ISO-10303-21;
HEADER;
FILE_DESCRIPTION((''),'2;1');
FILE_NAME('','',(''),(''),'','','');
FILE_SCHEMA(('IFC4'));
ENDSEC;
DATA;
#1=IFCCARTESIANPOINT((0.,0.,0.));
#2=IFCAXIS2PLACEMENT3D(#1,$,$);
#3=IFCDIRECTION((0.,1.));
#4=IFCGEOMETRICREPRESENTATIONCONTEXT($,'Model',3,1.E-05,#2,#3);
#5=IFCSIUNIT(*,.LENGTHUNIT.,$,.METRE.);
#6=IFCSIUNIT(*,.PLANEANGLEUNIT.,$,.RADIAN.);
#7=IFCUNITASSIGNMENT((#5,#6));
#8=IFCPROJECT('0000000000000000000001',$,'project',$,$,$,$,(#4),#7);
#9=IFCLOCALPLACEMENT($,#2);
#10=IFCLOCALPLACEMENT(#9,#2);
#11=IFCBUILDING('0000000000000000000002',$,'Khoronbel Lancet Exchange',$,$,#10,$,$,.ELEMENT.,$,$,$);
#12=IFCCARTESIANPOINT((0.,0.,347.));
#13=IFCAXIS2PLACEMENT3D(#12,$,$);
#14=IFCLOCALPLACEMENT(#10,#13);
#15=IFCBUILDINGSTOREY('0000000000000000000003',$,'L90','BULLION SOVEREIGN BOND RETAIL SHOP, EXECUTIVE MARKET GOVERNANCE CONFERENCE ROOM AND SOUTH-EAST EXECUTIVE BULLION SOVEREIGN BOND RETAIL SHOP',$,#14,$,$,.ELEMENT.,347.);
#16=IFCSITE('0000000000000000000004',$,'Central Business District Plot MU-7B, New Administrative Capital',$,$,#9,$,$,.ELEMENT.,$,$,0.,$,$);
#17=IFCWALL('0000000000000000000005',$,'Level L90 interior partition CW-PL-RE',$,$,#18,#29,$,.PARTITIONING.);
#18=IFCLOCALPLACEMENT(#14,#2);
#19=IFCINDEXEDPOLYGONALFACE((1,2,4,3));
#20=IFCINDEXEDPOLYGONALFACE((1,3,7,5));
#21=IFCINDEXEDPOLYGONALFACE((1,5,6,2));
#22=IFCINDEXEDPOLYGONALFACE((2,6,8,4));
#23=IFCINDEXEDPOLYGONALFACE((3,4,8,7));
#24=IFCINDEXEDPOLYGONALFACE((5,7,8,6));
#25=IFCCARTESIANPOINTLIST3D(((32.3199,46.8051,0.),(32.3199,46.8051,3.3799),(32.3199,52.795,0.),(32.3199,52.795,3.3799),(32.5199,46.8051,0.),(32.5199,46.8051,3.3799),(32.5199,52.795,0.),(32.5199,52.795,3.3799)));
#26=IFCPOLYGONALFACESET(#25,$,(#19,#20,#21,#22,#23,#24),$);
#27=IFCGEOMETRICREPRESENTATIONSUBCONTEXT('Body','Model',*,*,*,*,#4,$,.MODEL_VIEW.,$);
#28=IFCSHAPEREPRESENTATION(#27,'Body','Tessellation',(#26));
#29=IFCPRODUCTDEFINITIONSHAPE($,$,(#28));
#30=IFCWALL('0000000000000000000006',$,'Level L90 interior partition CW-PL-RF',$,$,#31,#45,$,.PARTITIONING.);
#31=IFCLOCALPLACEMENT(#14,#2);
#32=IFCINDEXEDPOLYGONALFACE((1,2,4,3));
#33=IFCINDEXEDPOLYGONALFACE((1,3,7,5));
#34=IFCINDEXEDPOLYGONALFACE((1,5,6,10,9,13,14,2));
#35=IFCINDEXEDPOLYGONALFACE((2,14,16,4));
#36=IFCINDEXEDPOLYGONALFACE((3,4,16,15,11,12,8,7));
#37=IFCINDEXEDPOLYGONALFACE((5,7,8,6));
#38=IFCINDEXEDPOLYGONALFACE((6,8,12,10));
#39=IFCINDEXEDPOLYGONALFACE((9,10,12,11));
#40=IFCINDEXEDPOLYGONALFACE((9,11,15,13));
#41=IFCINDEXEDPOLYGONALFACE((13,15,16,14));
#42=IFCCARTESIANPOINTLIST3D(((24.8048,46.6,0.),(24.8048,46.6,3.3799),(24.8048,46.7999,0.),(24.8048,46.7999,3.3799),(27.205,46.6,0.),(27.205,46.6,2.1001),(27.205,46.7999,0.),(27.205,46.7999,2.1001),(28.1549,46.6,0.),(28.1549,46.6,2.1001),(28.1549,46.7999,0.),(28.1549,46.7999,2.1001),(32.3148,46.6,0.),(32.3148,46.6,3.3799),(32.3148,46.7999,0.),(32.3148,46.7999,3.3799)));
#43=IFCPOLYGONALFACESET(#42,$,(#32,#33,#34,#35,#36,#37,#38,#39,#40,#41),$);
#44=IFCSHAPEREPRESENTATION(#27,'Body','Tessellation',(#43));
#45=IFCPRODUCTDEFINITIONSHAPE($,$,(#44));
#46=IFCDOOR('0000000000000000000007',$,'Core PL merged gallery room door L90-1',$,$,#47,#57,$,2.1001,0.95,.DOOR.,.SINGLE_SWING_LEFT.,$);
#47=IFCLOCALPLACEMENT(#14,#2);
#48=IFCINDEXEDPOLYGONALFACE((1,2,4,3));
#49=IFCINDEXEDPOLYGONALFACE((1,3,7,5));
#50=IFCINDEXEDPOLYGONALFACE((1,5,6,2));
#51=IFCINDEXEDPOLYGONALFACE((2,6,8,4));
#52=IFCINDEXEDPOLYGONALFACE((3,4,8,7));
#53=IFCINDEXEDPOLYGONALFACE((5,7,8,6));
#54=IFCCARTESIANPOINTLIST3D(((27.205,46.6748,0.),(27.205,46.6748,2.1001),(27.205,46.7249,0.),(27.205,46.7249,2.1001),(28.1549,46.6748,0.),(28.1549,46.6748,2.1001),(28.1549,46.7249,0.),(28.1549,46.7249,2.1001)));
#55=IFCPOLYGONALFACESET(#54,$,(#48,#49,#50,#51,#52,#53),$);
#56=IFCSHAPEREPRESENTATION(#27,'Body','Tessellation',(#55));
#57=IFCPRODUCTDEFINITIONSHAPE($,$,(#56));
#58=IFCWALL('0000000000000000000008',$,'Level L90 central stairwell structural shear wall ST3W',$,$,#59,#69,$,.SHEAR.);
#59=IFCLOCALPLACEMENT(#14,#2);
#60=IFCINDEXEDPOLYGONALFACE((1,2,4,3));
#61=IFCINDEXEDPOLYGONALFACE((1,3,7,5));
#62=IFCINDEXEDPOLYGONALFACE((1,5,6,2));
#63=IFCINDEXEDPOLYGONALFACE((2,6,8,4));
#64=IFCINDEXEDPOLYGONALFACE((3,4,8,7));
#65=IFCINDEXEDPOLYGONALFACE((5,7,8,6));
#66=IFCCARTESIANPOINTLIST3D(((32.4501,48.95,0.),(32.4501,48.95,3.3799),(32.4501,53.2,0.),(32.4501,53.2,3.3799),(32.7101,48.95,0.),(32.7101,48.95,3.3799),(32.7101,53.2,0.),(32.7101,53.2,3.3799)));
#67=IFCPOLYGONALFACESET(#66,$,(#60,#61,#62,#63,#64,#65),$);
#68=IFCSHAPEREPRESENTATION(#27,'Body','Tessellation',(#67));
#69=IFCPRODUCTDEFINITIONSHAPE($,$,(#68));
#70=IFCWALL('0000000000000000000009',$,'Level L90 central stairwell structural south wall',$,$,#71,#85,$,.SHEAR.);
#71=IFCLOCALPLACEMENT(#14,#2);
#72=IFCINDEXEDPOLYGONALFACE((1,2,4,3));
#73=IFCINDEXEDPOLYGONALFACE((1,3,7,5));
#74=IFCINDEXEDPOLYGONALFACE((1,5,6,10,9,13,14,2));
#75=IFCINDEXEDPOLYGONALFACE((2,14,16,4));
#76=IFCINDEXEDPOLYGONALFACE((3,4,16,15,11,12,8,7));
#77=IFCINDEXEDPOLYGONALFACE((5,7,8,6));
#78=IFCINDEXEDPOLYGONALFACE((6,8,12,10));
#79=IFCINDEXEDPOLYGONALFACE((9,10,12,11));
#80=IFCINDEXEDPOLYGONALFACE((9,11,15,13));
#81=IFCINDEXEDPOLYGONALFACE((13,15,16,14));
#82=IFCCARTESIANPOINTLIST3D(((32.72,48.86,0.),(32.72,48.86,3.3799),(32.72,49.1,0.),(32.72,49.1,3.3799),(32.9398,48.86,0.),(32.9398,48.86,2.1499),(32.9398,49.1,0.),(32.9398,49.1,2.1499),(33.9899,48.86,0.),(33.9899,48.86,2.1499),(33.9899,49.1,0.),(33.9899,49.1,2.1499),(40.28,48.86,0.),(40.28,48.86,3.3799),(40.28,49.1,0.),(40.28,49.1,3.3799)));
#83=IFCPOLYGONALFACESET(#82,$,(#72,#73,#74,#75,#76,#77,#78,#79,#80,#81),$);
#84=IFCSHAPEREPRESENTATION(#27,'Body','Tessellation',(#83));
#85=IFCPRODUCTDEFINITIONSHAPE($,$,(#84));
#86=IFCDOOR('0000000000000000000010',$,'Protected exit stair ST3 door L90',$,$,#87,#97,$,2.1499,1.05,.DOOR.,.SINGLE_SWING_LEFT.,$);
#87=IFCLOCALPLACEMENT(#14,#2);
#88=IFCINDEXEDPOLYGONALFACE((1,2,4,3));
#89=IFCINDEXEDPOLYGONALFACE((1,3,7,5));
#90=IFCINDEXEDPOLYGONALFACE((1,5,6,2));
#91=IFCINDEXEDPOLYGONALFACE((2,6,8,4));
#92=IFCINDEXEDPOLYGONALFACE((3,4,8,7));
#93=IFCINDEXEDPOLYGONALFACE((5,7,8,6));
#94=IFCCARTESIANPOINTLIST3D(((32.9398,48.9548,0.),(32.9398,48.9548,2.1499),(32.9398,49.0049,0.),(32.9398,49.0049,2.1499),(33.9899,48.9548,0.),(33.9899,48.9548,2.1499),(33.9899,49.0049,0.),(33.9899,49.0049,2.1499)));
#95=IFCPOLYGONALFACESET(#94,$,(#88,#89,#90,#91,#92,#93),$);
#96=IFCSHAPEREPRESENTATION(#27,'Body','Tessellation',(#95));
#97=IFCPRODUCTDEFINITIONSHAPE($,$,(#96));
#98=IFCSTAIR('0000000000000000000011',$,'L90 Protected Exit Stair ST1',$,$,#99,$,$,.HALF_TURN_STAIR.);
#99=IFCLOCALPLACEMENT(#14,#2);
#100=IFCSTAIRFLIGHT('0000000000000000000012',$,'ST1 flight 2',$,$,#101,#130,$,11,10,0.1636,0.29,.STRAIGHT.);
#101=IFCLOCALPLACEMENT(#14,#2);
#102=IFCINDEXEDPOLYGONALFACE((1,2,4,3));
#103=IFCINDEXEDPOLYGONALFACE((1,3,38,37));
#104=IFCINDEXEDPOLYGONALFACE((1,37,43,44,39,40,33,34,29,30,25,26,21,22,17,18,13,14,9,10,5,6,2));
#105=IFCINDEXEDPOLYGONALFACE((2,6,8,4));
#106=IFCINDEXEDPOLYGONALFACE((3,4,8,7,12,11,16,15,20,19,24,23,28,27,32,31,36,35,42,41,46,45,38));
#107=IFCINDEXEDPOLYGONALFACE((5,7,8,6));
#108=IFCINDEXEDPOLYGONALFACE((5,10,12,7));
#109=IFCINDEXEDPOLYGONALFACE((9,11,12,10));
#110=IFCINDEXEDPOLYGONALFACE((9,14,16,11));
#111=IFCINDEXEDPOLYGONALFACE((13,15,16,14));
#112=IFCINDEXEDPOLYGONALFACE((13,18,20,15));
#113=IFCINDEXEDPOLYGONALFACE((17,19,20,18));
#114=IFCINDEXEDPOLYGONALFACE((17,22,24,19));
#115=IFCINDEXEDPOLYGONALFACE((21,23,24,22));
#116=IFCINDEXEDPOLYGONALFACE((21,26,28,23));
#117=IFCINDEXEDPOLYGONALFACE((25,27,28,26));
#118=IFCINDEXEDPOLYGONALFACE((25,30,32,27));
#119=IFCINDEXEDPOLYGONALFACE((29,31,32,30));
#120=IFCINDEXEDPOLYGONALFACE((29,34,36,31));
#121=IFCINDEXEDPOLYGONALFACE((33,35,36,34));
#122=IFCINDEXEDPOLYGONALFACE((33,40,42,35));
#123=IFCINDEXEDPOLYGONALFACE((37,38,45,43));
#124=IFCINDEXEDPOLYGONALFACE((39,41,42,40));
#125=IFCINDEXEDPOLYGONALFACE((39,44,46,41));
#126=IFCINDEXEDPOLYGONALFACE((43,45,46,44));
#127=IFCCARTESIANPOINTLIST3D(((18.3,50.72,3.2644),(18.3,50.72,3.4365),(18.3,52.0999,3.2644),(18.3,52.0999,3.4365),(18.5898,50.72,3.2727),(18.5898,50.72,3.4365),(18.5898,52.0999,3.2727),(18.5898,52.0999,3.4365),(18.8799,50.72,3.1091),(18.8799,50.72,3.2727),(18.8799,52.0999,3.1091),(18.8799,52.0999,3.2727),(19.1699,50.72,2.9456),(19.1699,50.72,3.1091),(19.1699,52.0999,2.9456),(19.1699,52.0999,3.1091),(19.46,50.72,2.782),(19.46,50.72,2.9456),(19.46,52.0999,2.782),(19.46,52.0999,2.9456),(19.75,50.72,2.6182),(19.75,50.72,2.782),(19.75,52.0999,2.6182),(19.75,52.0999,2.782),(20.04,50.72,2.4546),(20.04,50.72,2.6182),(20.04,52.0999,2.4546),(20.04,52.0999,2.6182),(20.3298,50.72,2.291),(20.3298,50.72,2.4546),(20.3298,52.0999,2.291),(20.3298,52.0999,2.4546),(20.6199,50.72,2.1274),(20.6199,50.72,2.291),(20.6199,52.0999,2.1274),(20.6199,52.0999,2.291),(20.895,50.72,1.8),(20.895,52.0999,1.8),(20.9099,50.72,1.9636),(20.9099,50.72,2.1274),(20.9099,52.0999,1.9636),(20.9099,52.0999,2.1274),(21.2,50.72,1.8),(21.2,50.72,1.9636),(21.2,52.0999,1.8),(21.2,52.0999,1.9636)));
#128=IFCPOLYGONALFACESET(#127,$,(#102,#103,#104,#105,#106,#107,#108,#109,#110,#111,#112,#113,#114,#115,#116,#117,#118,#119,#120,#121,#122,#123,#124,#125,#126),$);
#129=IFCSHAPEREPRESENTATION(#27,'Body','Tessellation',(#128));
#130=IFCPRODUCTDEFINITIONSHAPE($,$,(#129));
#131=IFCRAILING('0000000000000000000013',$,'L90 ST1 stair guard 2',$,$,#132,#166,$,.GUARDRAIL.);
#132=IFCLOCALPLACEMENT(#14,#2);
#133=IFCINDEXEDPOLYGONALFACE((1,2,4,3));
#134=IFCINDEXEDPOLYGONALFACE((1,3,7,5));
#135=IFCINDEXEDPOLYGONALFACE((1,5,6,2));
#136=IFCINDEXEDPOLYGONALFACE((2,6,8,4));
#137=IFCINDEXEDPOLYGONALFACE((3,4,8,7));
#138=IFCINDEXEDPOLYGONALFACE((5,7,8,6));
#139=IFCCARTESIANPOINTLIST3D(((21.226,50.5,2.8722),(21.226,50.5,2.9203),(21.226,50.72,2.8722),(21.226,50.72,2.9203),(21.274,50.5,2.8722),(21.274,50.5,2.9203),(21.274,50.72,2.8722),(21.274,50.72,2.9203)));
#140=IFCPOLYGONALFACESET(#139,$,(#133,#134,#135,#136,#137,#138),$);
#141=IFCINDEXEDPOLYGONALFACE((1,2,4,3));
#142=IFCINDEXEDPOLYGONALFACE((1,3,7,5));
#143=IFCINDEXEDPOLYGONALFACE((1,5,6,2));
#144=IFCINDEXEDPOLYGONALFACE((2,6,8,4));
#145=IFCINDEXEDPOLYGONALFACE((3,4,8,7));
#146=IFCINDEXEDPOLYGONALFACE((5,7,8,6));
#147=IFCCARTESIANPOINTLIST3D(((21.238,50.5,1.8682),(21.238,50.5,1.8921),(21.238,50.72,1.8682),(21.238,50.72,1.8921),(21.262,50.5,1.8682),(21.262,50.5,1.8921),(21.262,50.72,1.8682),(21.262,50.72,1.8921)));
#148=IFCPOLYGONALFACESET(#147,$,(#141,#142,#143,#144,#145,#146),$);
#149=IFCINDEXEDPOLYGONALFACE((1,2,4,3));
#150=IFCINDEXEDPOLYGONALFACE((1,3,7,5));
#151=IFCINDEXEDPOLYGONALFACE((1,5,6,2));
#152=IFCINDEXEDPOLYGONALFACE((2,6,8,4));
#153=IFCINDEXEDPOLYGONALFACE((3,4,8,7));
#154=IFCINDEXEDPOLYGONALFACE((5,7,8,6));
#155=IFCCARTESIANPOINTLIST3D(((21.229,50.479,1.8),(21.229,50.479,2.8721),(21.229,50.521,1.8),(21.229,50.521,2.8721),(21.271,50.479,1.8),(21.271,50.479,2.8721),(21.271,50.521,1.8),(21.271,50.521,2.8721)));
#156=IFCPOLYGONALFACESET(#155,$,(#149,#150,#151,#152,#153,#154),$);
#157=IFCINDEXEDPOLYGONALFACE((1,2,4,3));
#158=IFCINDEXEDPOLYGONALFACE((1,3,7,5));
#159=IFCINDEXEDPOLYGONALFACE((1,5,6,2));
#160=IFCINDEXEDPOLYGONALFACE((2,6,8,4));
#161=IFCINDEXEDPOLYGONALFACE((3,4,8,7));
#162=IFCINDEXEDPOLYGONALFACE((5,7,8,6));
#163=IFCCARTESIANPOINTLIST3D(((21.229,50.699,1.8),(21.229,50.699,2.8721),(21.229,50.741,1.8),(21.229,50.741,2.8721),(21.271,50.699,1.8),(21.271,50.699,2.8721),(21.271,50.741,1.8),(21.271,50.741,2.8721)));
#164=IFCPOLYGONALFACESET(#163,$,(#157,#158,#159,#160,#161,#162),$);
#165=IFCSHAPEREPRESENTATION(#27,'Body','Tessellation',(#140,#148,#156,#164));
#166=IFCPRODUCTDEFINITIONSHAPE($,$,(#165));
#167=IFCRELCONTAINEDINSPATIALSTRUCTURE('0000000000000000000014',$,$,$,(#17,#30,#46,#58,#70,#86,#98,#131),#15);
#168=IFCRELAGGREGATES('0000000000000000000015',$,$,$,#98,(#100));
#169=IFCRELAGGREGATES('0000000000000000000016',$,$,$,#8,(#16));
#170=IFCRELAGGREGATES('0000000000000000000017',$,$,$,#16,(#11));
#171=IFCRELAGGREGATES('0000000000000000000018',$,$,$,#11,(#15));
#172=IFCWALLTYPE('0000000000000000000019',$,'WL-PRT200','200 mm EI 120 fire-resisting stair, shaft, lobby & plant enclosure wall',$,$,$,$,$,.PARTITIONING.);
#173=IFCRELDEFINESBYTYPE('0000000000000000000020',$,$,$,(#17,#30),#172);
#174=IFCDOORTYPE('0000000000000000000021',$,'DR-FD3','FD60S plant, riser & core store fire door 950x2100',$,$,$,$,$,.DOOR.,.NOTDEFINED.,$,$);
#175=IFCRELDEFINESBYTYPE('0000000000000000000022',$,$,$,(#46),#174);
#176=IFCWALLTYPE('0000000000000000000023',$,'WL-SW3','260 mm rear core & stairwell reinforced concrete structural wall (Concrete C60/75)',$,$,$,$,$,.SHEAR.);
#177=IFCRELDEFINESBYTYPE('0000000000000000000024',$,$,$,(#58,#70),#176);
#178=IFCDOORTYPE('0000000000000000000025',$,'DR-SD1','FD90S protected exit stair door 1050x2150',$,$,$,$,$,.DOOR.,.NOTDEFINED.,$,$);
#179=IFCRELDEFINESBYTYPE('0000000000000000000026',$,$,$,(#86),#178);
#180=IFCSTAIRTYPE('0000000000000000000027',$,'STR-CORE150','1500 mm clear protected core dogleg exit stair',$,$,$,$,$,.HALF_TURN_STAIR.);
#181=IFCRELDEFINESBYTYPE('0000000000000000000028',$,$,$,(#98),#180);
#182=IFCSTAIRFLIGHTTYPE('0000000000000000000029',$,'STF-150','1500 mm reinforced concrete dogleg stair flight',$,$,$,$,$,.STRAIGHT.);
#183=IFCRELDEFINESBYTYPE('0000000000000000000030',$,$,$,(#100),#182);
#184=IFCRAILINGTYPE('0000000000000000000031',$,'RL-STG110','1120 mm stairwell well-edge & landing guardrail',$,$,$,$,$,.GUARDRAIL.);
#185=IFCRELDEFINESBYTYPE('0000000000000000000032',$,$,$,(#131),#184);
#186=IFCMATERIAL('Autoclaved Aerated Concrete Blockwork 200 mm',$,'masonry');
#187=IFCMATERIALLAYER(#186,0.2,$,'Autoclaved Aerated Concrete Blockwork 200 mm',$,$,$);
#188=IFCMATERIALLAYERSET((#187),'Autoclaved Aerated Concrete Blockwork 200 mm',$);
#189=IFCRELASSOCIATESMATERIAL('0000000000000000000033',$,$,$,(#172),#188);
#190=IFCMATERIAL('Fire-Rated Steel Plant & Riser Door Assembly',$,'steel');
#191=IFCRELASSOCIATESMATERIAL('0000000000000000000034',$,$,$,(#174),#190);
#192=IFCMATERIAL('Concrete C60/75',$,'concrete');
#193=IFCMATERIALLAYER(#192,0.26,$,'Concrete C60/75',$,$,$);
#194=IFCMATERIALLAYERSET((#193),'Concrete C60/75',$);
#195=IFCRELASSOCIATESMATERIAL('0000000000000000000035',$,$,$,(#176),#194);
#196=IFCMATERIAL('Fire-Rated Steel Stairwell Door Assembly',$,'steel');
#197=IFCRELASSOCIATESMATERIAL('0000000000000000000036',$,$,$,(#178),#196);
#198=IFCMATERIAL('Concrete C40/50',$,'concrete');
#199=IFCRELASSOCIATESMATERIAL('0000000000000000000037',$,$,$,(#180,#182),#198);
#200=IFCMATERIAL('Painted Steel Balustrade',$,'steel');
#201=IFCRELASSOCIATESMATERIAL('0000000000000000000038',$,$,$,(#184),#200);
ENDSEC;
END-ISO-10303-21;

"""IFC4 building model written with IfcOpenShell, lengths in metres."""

from ifc_helpers import new_model, si_unit, direction, frame, frame_2d, origin, origin_2d, place, context, subcontext, project, spatial, polyline, rectangle, outline, extrude, material, layer, layer_set, type_object, element, fill, aggregate, save


model = new_model("IFC4")

# Units and contexts
model_context = context("Model", 3, precision=1e-05, world=origin(), true_north=direction((0.0, 1.0)))
body_context = subcontext(model_context, "Body", "Model", "MODEL_VIEW")
ifc_project = project(units=[si_unit("LENGTHUNIT", "METRE"), si_unit("PLANEANGLEUNIT", "RADIAN")], contexts=[model_context])

# Site, building, storey
site_placement = place(None, origin())
site = spatial("IfcSite", under=ifc_project, at=site_placement, Name="Central Business District Plot MU-7B, New Administrative Capital", CompositionType="ELEMENT", RefElevation=0.0)
building_placement = place(site_placement, origin())
building = spatial("IfcBuilding", under=site, at=building_placement, Name="Khoronbel Lancet Exchange", CompositionType="ELEMENT")
storey_placement = place(building_placement, frame((0.0, 0.0, 347.0)))
storey = spatial("IfcBuildingStorey", under=building, at=storey_placement, Name="L90", Description="BULLION SOVEREIGN BOND RETAIL SHOP, EXECUTIVE MARKET GOVERNANCE CONFERENCE ROOM AND SOUTH-EAST EXECUTIVE BULLION SOVEREIGN BOND RETAIL SHOP", CompositionType="ELEMENT", Elevation=347.0)

# Wall
ifc_material_1 = material(Name="Autoclaved Aerated Concrete Blockwork 200 mm", Category="masonry")
ifc_layer_1 = layer(ifc_material_1, 0.2, Name="Autoclaved Aerated Concrete Blockwork 200 mm")
ifc_layer_set_1 = layer_set([ifc_layer_1], Name="Autoclaved Aerated Concrete Blockwork 200 mm")
wall_type_1 = type_object("IfcWallType", Name="WL-PRT200", Description="200 mm EI 120 fire-resisting stair, shaft, lobby & plant enclosure wall", PredefinedType="PARTITIONING", material=ifc_layer_set_1)
for number, where, z_axis, x_axis, name in (
    (1, (32.4199, 46.8049, 0.0), (0.0, 0.0, 1.0), (0.0, 1.0, 0.0), "Level L90 interior partition CW-PL-RE"),
):
    element("IfcWall", number, at=place(storey_placement, frame(where, z_axis=z_axis, x_axis=x_axis)), inside=storey, type_object=wall_type_1, Name=name, PredefinedType="PARTITIONING", context=body_context, shape_type="SweptSolid", body=[
        extrude(rectangle(XDim=5.99, YDim=0.2, at=frame_2d((2.9951, 0.0))), origin(), (0.0, 0.0, 1.0), 3.3799),
    ])

# Wall, opening, door
wall_1_placement = place(storey_placement, frame((24.8049, 46.7, 0.0), z_axis=(0.0, 0.0, 1.0), x_axis=(1.0, 0.0, 0.0)))
wall_1 = element("IfcWall", 2, at=wall_1_placement, inside=storey, type_object=wall_type_1, Name="Level L90 interior partition CW-PL-RF", PredefinedType="PARTITIONING", context=body_context, shape_type="SweptSolid", body=[
    extrude(rectangle(XDim=7.51, YDim=0.2, at=frame_2d((3.7549, 0.0))), origin(), (0.0, 0.0, 1.0), 3.3799),
])
opening_1_placement = place(wall_1_placement, frame((2.3999, 0.0, 0.0)))
opening_1 = element("IfcOpeningElement", 3, at=opening_1_placement, cuts=wall_1, PredefinedType="OPENING", context=body_context, shape_type="SweptSolid", body=[
    extrude(rectangle(XDim=0.95, YDim=2.1001, at=frame_2d((0.4751, 1.05))), frame((0.0, 0.1099, 0.0), z_axis=(0.0, -1.0, 0.0), x_axis=(1.0, 0.0, 0.0)), (0.0, 0.0, 1.0), 0.22),
])
ifc_material_2 = material(Name="Fire-Rated Steel Plant & Riser Door Assembly", Category="steel")
door_type_1 = type_object("IfcDoorType", Name="DR-FD3", Description="FD60S plant, riser & core store fire door 950x2100", OperationType="NOTDEFINED", PredefinedType="DOOR", material=ifc_material_2)
door_1_placement = place(opening_1_placement, origin())
door_1 = element("IfcDoor", 4, at=door_1_placement, inside=storey, type_object=door_type_1, Name="Core PL merged gallery room door L90-1", OperationType="SINGLE_SWING_LEFT", OverallHeight=2.1001, OverallWidth=0.95, PredefinedType="DOOR", context=body_context, shape_type="SweptSolid", body=[
    extrude(rectangle(XDim=0.95, YDim=2.1001, at=frame_2d((0.4751, 1.05))), frame((0.0, 0.0249, 0.0), z_axis=(0.0, -1.0, 0.0), x_axis=(1.0, 0.0, 0.0)), (0.0, 0.0, 1.0), 0.05),
])
fill(opening_1, door_1)

# Wall
ifc_material_3 = material(Name="Concrete C60/75", Category="concrete")
ifc_layer_2 = layer(ifc_material_3, 0.26, Name="Concrete C60/75")
ifc_layer_set_2 = layer_set([ifc_layer_2], Name="Concrete C60/75")
wall_type_2 = type_object("IfcWallType", Name="WL-SW3", Description="260 mm rear core & stairwell reinforced concrete structural wall (Concrete C60/75)", PredefinedType="SHEAR", material=ifc_layer_set_2)
wall_2_placement = place(storey_placement, frame((32.5801, 48.95, 0.0), z_axis=(0.0, 0.0, 1.0), x_axis=(0.0, 1.0, 0.0)))
element("IfcWall", 5, at=wall_2_placement, inside=storey, type_object=wall_type_2, Name="Level L90 central stairwell structural shear wall ST3W", PredefinedType="SHEAR", context=body_context, shape_type="SweptSolid", body=[
    extrude(rectangle(XDim=4.25, YDim=0.26, at=frame_2d((2.125, 0.0))), origin(), (0.0, 0.0, 1.0), 3.3799),
])

# Wall, opening, door
wall_3_placement = place(storey_placement, frame((32.72, 48.98, 0.0), z_axis=(0.0, 0.0, 1.0), x_axis=(1.0, 0.0, 0.0)))
wall_3 = element("IfcWall", 6, at=wall_3_placement, inside=storey, type_object=wall_type_2, Name="Level L90 central stairwell structural south wall", PredefinedType="SHEAR", context=body_context, shape_type="SweptSolid", body=[
    extrude(rectangle(XDim=7.5601, YDim=0.24, at=frame_2d((3.78, 0.0))), origin(), (0.0, 0.0, 1.0), 3.3799),
])
opening_2_placement = place(wall_3_placement, frame((0.22, 0.0, 0.0)))
opening_2 = element("IfcOpeningElement", 7, at=opening_2_placement, cuts=wall_3, PredefinedType="OPENING", context=body_context, shape_type="SweptSolid", body=[
    extrude(rectangle(XDim=1.05, YDim=2.1499, at=frame_2d((0.5249, 1.075))), frame((0.0, 0.1299, 0.0), z_axis=(0.0, -1.0, 0.0), x_axis=(1.0, 0.0, 0.0)), (0.0, 0.0, 1.0), 0.26),
])
ifc_material_4 = material(Name="Fire-Rated Steel Stairwell Door Assembly", Category="steel")
door_type_2 = type_object("IfcDoorType", Name="DR-SD1", Description="FD90S protected exit stair door 1050x2150", OperationType="NOTDEFINED", PredefinedType="DOOR", material=ifc_material_4)
door_2_placement = place(opening_2_placement, origin())
door_2 = element("IfcDoor", 8, at=door_2_placement, inside=storey, type_object=door_type_2, Name="Protected exit stair ST3 door L90", OperationType="SINGLE_SWING_LEFT", OverallHeight=2.1499, OverallWidth=1.05, PredefinedType="DOOR", context=body_context, shape_type="SweptSolid", body=[
    extrude(rectangle(XDim=1.05, YDim=2.1499, at=frame_2d((0.5249, 1.075))), frame((0.0, 0.0249, 0.0), z_axis=(0.0, -1.0, 0.0), x_axis=(1.0, 0.0, 0.0)), (0.0, 0.0, 1.0), 0.05),
])
fill(opening_2, door_2)

# Stair, stair flight
ifc_material_5 = material(Name="Concrete C40/50", Category="concrete")
stair_type = type_object("IfcStairType", Name="STR-CORE150", Description="1500 mm clear protected core dogleg exit stair", PredefinedType="HALF_TURN_STAIR", material=ifc_material_5)
stair_placement = place(storey_placement, origin())
stair = element("IfcStair", 9, at=stair_placement, inside=storey, type_object=stair_type, Name="L90 Protected Exit Stair ST1", PredefinedType="HALF_TURN_STAIR")
stair_flight_type = type_object("IfcStairFlightType", Name="STF-150", Description="1500 mm reinforced concrete dogleg stair flight", PredefinedType="STRAIGHT", material=ifc_material_5)
stair_flight_placement = place(storey_placement, frame((21.2, 51.4099, 1.8), z_axis=(0.0, 0.0, 1.0), x_axis=(-1.0, 0.0, 0.0)))
stair_flight = element("IfcStairFlight", 10, at=stair_flight_placement, type_object=stair_flight_type, Name="ST1 flight 2", NumberOfRisers=11, NumberOfTreads=10, PredefinedType="STRAIGHT", RiserHeight=0.1636, TreadLength=0.29, context=body_context, shape_type="SweptSolid", body=[
    extrude(outline(polyline([(0.0, 0.0), (0.0, 0.1636), (0.29, 0.1636), (0.29, 0.3274), (0.5801, 0.3274), (0.5801, 0.491), (0.8701, 0.491), (0.8701, 0.6545), (1.1599, 0.6545), (1.1599, 0.8181), (1.45, 0.8181), (1.45, 0.9819), (1.74, 0.9819), (1.74, 1.1455), (2.03, 1.1455), (2.03, 1.3091), (2.3201, 1.3091), (2.3201, 1.4727), (2.6101, 1.4727), (2.6101, 1.6365), (2.8999, 1.6365), (2.8999, 1.8), (2.8999, 1.4644), (0.3049, 0.0), (0.0, 0.0)])), frame((0.0, 0.6899, 0.0), z_axis=(0.0, -1.0, 0.0), x_axis=(1.0, 0.0, 0.0)), (0.0, 0.0, 1.0), 1.3799),
])
aggregate(stair, [stair_flight])

# Railing
ifc_material_6 = material(Name="Painted Steel Balustrade", Category="steel")
railing_type_1 = type_object("IfcRailingType", Name="RL-STG110", Description="1120 mm stairwell well-edge & landing guardrail", PredefinedType="GUARDRAIL", material=ifc_material_6)
railing_1_placement = place(storey_placement, frame((21.25, 50.5, 1.8)))
element("IfcRailing", 11, at=railing_1_placement, inside=storey, type_object=railing_type_1, Name="L90 ST1 stair guard 2", PredefinedType="GUARDRAIL", context=body_context, shape_type="SweptSolid", body=[
    extrude(rectangle(XDim=0.0481, YDim=0.0481, at=origin_2d()), frame((0.0, 0.0, 1.0962), z_axis=(0.0, 1.0, 0.0), x_axis=(-1.0, 0.0, 0.0)), (0.0, 0.0, 1.0), 0.22),
    extrude(rectangle(XDim=0.0239, YDim=0.0239, at=origin_2d()), frame((0.0, 0.0, 0.0801), z_axis=(0.0, 1.0, 0.0), x_axis=(-1.0, 0.0, 0.0)), (0.0, 0.0, 1.0), 0.22),
    extrude(rectangle(XDim=0.042, YDim=0.042, at=origin_2d()), origin(), (0.0, 0.0, 1.0), 1.072),
    extrude(rectangle(XDim=0.042, YDim=0.042, at=origin_2d()), frame((0.0, 0.22, 0.0)), (0.0, 0.0, 1.0), 1.072),
])

save(model, "model.ifc")
